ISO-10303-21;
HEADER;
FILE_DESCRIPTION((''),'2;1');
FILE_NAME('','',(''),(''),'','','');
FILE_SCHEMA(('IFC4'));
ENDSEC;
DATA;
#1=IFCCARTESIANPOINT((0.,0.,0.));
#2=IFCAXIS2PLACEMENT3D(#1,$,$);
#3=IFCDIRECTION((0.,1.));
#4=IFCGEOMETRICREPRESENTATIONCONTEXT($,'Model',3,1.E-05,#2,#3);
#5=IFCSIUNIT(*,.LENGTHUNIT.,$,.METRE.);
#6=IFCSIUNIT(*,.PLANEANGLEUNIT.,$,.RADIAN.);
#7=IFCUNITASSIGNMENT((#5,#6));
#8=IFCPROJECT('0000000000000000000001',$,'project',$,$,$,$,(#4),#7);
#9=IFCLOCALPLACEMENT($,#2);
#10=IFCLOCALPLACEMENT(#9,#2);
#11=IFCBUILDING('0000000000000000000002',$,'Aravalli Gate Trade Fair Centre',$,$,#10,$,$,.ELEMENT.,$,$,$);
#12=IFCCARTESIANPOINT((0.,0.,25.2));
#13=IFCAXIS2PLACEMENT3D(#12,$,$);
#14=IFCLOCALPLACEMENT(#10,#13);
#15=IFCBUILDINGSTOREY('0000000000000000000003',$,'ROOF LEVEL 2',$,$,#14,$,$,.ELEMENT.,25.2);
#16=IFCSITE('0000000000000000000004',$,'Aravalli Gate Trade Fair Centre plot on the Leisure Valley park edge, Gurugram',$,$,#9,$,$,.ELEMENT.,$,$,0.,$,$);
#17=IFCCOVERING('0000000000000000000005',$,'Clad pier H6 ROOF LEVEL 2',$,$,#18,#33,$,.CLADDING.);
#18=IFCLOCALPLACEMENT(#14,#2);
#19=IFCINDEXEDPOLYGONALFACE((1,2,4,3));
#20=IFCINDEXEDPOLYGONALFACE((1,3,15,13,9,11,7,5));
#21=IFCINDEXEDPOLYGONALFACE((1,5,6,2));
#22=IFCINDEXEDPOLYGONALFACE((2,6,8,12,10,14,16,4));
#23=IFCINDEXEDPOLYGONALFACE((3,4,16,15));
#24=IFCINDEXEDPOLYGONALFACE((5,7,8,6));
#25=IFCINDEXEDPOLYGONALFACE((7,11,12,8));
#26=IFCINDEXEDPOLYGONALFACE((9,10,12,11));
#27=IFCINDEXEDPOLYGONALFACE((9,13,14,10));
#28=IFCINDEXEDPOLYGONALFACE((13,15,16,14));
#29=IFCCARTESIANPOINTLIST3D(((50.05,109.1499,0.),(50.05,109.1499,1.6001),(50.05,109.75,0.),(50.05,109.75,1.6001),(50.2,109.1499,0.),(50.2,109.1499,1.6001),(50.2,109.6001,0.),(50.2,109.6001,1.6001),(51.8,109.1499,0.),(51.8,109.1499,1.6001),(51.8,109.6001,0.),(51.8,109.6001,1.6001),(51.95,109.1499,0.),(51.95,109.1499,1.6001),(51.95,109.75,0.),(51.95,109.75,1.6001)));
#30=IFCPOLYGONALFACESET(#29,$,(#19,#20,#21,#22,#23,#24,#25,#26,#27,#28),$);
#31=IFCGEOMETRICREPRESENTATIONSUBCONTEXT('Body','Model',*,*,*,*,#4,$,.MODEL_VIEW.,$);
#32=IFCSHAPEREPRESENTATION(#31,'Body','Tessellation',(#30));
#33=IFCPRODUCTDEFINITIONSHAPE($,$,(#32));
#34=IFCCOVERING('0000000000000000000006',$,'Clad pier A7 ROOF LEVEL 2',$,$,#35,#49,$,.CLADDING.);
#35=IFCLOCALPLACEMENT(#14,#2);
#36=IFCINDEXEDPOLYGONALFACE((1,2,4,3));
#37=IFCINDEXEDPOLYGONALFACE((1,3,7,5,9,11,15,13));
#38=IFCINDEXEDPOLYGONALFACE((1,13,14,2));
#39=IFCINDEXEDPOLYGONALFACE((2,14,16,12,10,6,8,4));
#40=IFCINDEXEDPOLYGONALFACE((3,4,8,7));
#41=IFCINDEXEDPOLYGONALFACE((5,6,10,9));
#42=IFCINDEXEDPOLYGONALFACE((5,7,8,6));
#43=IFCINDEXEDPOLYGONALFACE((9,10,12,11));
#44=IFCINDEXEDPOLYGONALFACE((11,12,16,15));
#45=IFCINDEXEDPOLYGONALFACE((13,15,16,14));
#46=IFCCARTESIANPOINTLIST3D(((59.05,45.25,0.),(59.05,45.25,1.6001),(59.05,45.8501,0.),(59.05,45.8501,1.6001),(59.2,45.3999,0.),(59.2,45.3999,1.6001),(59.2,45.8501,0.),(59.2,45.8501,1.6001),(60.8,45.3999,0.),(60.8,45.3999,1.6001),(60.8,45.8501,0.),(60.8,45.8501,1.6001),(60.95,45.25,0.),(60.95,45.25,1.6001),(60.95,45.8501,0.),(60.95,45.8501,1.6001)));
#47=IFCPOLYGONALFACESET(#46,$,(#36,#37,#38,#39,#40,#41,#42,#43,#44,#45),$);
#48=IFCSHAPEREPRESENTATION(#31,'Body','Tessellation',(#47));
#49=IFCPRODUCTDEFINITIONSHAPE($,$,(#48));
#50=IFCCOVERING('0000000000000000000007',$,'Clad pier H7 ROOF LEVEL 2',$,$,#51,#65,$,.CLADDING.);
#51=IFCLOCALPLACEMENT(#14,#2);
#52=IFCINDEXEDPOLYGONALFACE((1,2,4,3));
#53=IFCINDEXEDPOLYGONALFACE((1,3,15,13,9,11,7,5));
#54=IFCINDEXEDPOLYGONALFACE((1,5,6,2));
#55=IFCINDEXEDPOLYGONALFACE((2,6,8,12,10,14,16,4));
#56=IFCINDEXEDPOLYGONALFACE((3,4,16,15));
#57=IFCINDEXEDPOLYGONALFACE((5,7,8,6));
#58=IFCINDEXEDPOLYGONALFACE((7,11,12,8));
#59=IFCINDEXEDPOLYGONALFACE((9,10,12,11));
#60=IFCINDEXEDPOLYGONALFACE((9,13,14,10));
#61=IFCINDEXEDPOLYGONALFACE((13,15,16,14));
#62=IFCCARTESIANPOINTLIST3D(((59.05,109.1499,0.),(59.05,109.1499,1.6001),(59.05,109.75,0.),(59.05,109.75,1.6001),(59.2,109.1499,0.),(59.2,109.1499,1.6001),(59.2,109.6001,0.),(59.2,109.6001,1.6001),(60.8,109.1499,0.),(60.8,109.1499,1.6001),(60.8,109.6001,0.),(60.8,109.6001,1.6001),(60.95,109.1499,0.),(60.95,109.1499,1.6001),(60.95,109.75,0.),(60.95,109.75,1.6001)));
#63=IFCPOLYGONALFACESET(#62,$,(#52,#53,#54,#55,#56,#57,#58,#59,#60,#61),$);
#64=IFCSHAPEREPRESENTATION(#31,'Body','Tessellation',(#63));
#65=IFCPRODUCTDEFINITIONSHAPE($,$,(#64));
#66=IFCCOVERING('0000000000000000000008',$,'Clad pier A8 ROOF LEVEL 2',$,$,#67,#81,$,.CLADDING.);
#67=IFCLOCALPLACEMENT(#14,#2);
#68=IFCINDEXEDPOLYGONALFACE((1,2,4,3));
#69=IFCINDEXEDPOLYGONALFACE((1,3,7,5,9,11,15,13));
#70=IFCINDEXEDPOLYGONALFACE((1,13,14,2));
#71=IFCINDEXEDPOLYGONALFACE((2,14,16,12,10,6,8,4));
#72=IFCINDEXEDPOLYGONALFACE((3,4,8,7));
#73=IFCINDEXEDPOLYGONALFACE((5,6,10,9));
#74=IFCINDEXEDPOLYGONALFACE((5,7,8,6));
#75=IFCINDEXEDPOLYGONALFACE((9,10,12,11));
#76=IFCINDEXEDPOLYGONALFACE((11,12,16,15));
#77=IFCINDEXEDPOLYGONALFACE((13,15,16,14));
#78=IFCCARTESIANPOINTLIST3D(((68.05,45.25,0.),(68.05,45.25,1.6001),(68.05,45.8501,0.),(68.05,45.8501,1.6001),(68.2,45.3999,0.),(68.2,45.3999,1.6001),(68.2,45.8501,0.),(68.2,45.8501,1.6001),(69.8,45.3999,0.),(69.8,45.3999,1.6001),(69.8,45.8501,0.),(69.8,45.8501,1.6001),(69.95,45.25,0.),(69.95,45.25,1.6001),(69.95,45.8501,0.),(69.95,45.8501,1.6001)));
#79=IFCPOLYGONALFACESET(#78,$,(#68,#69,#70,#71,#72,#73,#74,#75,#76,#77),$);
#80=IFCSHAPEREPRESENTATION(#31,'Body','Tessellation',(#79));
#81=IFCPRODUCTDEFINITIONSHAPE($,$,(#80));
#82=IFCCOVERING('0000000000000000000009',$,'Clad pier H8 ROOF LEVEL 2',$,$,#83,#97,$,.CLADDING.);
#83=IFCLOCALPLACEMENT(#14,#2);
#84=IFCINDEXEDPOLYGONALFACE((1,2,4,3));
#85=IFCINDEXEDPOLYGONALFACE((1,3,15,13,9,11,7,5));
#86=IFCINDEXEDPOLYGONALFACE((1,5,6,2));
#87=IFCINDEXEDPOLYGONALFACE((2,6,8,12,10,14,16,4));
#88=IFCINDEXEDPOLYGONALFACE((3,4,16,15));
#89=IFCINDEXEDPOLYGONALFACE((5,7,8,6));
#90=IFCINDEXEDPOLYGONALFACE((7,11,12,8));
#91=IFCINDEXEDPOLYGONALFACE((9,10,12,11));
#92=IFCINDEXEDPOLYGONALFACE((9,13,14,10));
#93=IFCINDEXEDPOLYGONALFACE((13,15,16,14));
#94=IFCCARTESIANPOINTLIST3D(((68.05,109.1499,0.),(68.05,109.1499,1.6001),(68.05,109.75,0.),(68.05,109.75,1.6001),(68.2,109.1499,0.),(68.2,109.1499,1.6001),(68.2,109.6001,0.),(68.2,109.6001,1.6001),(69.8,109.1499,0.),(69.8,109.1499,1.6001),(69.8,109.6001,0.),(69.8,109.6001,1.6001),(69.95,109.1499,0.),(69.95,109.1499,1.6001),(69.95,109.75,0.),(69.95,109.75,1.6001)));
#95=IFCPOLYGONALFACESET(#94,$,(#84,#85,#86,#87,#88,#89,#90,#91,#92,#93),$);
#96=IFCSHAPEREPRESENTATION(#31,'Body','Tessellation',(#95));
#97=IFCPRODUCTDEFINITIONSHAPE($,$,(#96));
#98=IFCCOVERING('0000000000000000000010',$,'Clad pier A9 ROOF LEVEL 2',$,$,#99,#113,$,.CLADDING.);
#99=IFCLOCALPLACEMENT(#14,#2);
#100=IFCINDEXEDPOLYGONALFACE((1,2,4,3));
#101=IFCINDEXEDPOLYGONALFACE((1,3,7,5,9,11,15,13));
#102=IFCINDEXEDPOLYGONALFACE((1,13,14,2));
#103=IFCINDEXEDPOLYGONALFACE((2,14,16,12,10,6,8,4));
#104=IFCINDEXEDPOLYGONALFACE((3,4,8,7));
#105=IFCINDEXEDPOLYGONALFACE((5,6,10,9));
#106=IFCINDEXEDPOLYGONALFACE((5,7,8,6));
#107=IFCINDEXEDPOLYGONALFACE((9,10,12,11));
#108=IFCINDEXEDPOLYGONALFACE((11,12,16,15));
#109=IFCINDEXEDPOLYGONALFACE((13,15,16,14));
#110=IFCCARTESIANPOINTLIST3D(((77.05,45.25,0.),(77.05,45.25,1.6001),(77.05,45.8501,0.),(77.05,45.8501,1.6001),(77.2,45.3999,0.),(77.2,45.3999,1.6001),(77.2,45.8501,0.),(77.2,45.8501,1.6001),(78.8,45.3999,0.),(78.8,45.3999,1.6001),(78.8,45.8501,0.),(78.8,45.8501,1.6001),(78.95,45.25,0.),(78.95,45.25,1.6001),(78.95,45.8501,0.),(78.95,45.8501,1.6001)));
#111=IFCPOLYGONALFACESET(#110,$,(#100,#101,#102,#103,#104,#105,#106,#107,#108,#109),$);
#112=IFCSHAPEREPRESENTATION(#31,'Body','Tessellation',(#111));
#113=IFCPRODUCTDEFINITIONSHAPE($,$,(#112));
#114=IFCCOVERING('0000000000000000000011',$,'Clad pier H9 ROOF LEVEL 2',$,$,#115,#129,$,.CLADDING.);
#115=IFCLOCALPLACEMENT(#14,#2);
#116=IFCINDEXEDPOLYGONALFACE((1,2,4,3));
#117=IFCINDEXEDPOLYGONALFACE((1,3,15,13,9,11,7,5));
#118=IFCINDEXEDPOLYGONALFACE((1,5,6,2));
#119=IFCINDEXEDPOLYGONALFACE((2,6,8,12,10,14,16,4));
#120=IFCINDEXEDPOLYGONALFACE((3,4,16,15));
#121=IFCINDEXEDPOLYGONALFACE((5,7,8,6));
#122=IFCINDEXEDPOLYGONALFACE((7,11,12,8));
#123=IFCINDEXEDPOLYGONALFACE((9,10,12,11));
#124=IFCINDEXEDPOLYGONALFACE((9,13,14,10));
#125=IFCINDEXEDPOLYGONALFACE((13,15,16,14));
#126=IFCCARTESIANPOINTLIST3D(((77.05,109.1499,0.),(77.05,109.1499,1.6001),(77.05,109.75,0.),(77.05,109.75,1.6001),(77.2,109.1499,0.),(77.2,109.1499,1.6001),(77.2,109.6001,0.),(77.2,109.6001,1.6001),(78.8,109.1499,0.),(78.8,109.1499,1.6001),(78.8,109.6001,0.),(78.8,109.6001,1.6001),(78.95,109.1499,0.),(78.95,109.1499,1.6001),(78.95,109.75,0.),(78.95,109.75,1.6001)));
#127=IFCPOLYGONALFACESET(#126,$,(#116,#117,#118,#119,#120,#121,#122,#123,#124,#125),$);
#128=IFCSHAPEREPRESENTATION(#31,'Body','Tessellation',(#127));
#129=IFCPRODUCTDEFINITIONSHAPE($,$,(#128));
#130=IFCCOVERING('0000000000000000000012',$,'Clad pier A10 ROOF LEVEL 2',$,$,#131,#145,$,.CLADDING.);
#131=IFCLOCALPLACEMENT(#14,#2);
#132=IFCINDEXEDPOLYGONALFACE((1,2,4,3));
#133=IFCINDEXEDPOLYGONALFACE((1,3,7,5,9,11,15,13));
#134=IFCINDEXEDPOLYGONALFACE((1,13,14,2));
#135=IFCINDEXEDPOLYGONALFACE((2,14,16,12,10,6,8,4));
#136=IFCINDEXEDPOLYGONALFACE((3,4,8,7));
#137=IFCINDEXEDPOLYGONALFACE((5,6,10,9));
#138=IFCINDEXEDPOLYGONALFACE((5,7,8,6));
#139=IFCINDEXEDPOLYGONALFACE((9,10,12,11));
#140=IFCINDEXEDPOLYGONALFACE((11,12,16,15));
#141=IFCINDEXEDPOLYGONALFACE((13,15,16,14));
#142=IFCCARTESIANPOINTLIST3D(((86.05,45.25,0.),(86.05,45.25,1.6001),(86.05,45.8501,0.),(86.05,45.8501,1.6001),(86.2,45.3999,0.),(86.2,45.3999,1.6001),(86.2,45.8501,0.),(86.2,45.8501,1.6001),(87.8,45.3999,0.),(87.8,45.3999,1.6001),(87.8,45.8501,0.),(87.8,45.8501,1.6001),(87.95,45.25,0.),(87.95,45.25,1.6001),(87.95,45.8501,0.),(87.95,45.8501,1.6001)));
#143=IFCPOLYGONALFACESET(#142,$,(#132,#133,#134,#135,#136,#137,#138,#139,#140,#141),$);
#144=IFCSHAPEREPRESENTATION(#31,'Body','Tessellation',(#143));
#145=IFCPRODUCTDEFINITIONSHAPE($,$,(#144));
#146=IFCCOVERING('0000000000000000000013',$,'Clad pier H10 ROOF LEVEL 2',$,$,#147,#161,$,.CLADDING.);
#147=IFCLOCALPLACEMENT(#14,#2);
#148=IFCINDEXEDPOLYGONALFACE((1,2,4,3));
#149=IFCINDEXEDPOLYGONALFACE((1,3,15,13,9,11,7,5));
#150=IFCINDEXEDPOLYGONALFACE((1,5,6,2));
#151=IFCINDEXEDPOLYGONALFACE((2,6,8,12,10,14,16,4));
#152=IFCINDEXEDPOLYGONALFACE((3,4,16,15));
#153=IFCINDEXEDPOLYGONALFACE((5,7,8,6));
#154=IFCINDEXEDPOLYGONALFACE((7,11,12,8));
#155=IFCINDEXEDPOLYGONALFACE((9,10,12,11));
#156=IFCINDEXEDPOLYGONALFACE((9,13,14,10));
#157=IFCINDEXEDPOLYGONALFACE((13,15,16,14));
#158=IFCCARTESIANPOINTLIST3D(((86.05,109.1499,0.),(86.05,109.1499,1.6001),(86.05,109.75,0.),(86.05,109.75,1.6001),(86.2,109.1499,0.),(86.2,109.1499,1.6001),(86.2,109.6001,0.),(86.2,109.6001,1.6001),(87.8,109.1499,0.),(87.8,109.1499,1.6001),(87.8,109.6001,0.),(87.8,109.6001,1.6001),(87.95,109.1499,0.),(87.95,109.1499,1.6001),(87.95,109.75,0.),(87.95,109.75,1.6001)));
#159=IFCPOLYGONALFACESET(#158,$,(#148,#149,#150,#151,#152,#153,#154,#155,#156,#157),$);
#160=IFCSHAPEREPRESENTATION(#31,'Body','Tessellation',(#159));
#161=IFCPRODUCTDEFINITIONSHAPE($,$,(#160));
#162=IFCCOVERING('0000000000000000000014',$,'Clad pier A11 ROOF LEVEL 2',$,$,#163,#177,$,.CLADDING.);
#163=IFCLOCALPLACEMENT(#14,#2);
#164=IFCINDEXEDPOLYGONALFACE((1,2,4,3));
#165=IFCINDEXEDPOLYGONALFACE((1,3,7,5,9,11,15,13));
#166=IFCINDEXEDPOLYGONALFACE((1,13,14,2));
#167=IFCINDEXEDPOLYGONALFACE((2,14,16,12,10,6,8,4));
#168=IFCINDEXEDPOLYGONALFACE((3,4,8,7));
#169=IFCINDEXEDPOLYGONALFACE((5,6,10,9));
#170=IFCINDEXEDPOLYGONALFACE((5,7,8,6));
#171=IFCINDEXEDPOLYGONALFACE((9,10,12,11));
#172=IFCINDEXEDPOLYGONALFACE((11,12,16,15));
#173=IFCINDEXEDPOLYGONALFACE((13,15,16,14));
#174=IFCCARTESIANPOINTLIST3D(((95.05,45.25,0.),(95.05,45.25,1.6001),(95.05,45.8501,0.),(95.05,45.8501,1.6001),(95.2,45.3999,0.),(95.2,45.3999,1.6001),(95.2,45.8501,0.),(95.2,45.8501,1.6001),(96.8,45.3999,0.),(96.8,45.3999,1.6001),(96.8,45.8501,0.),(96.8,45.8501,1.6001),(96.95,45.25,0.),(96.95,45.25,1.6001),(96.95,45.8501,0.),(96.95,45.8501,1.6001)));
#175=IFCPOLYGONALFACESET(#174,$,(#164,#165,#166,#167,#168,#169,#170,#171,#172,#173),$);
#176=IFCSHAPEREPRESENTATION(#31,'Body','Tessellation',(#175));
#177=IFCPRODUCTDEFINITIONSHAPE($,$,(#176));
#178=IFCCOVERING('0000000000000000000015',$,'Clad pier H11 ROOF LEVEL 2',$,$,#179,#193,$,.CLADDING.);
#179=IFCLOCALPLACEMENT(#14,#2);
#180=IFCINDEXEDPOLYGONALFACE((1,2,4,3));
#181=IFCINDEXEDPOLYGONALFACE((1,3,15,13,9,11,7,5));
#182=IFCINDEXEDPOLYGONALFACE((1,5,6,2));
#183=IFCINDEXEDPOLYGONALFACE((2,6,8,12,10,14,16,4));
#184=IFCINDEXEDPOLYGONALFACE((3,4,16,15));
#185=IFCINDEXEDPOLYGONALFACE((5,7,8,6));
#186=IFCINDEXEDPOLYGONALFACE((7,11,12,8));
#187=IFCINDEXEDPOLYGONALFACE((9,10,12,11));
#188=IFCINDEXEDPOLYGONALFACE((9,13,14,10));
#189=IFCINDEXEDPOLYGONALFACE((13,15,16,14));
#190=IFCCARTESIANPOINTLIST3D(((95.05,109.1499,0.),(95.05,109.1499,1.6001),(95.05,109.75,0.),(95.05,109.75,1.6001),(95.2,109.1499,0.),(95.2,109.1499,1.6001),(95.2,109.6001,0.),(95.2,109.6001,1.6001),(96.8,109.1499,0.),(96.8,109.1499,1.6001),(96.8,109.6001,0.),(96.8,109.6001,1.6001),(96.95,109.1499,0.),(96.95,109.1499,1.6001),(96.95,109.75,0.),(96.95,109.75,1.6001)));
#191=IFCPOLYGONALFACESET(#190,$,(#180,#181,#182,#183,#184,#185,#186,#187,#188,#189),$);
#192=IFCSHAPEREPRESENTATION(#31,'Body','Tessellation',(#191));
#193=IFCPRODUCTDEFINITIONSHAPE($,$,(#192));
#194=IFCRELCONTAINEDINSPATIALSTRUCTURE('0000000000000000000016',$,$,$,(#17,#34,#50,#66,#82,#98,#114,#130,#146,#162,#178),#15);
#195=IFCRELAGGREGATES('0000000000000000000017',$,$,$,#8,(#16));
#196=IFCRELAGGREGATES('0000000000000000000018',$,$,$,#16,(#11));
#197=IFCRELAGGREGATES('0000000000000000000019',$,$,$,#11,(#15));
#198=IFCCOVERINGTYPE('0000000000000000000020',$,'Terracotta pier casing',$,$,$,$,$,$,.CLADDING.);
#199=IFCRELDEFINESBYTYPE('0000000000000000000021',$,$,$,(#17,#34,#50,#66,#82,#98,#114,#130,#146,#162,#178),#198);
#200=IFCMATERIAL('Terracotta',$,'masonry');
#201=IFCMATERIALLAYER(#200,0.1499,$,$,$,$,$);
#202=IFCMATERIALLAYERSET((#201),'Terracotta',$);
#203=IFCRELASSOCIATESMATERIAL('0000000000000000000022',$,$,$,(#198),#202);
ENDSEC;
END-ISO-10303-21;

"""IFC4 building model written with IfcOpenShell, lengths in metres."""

from ifc_helpers import new_model, si_unit, direction, frame, origin, place, context, subcontext, project, spatial, polyline, outline, extrude, material, layer, layer_set, type_object, element, save


model = new_model("IFC4")

# Units and contexts
model_context = context("Model", 3, precision=1e-05, world=origin(), true_north=direction((0.0, 1.0)))
body_context = subcontext(model_context, "Body", "Model", "MODEL_VIEW")
ifc_project = project(units=[si_unit("LENGTHUNIT", "METRE"), si_unit("PLANEANGLEUNIT", "RADIAN")], contexts=[model_context])

# Site, building, storey
site_placement = place(None, origin())
site = spatial("IfcSite", under=ifc_project, at=site_placement, Name="Aravalli Gate Trade Fair Centre plot on the Leisure Valley park edge, Gurugram", CompositionType="ELEMENT", RefElevation=0.0)
building_placement = place(site_placement, origin())
building = spatial("IfcBuilding", under=site, at=building_placement, Name="Aravalli Gate Trade Fair Centre", CompositionType="ELEMENT")
storey_placement = place(building_placement, frame((0.0, 0.0, 25.2)))
storey = spatial("IfcBuildingStorey", under=building, at=storey_placement, Name="ROOF LEVEL 2", CompositionType="ELEMENT", Elevation=25.2)

# Coverings
ifc_material = material(Name="Terracotta", Category="masonry")
ifc_layer = layer(ifc_material, 0.1499)
ifc_layer_set = layer_set([ifc_layer], Name="Terracotta")
covering_type = type_object("IfcCoveringType", Name="Terracotta pier casing", PredefinedType="CLADDING", material=ifc_layer_set)
covering_1_placement = place(storey_placement, origin())
element("IfcCovering", 1, at=covering_1_placement, inside=storey, type_object=covering_type, Name="Clad pier H6 ROOF LEVEL 2", PredefinedType="CLADDING", context=body_context, shape_type="SweptSolid", body=[
    extrude(outline(polyline([(50.05, 109.75), (51.95, 109.75), (51.95, 109.1499), (51.8, 109.1499), (51.8, 109.6001), (50.2, 109.6001), (50.2, 109.1499), (50.05, 109.1499), (50.05, 109.75)])), origin(), (0.0, 0.0, 1.0), 1.6001),
])
covering_2_placement = place(storey_placement, origin())
element("IfcCovering", 2, at=covering_2_placement, inside=storey, type_object=covering_type, Name="Clad pier A7 ROOF LEVEL 2", PredefinedType="CLADDING", context=body_context, shape_type="SweptSolid", body=[
    extrude(outline(polyline([(59.05, 45.8501), (59.2, 45.8501), (59.2, 45.3999), (60.8, 45.3999), (60.8, 45.8501), (60.95, 45.8501), (60.95, 45.25), (59.05, 45.25), (59.05, 45.8501)])), origin(), (0.0, 0.0, 1.0), 1.6001),
])
covering_3_placement = place(storey_placement, origin())
element("IfcCovering", 3, at=covering_3_placement, inside=storey, type_object=covering_type, Name="Clad pier H7 ROOF LEVEL 2", PredefinedType="CLADDING", context=body_context, shape_type="SweptSolid", body=[
    extrude(outline(polyline([(59.05, 109.75), (60.95, 109.75), (60.95, 109.1499), (60.8, 109.1499), (60.8, 109.6001), (59.2, 109.6001), (59.2, 109.1499), (59.05, 109.1499), (59.05, 109.75)])), origin(), (0.0, 0.0, 1.0), 1.6001),
])
covering_4_placement = place(storey_placement, origin())
element("IfcCovering", 4, at=covering_4_placement, inside=storey, type_object=covering_type, Name="Clad pier A8 ROOF LEVEL 2", PredefinedType="CLADDING", context=body_context, shape_type="SweptSolid", body=[
    extrude(outline(polyline([(68.05, 45.8501), (68.2, 45.8501), (68.2, 45.3999), (69.8, 45.3999), (69.8, 45.8501), (69.95, 45.8501), (69.95, 45.25), (68.05, 45.25), (68.05, 45.8501)])), origin(), (0.0, 0.0, 1.0), 1.6001),
])
covering_5_placement = place(storey_placement, origin())
element("IfcCovering", 5, at=covering_5_placement, inside=storey, type_object=covering_type, Name="Clad pier H8 ROOF LEVEL 2", PredefinedType="CLADDING", context=body_context, shape_type="SweptSolid", body=[
    extrude(outline(polyline([(68.05, 109.75), (69.95, 109.75), (69.95, 109.1499), (69.8, 109.1499), (69.8, 109.6001), (68.2, 109.6001), (68.2, 109.1499), (68.05, 109.1499), (68.05, 109.75)])), origin(), (0.0, 0.0, 1.0), 1.6001),
])
covering_6_placement = place(storey_placement, origin())
element("IfcCovering", 6, at=covering_6_placement, inside=storey, type_object=covering_type, Name="Clad pier A9 ROOF LEVEL 2", PredefinedType="CLADDING", context=body_context, shape_type="SweptSolid", body=[
    extrude(outline(polyline([(77.05, 45.8501), (77.2, 45.8501), (77.2, 45.3999), (78.8, 45.3999), (78.8, 45.8501), (78.95, 45.8501), (78.95, 45.25), (77.05, 45.25), (77.05, 45.8501)])), origin(), (0.0, 0.0, 1.0), 1.6001),
])
covering_7_placement = place(storey_placement, origin())
element("IfcCovering", 7, at=covering_7_placement, inside=storey, type_object=covering_type, Name="Clad pier H9 ROOF LEVEL 2", PredefinedType="CLADDING", context=body_context, shape_type="SweptSolid", body=[
    extrude(outline(polyline([(77.05, 109.75), (78.95, 109.75), (78.95, 109.1499), (78.8, 109.1499), (78.8, 109.6001), (77.2, 109.6001), (77.2, 109.1499), (77.05, 109.1499), (77.05, 109.75)])), origin(), (0.0, 0.0, 1.0), 1.6001),
])
covering_8_placement = place(storey_placement, origin())
element("IfcCovering", 8, at=covering_8_placement, inside=storey, type_object=covering_type, Name="Clad pier A10 ROOF LEVEL 2", PredefinedType="CLADDING", context=body_context, shape_type="SweptSolid", body=[
    extrude(outline(polyline([(86.05, 45.8501), (86.2, 45.8501), (86.2, 45.3999), (87.8, 45.3999), (87.8, 45.8501), (87.95, 45.8501), (87.95, 45.25), (86.05, 45.25), (86.05, 45.8501)])), origin(), (0.0, 0.0, 1.0), 1.6001),
])
covering_9_placement = place(storey_placement, origin())
element("IfcCovering", 9, at=covering_9_placement, inside=storey, type_object=covering_type, Name="Clad pier H10 ROOF LEVEL 2", PredefinedType="CLADDING", context=body_context, shape_type="SweptSolid", body=[
    extrude(outline(polyline([(86.05, 109.75), (87.95, 109.75), (87.95, 109.1499), (87.8, 109.1499), (87.8, 109.6001), (86.2, 109.6001), (86.2, 109.1499), (86.05, 109.1499), (86.05, 109.75)])), origin(), (0.0, 0.0, 1.0), 1.6001),
])
covering_10_placement = place(storey_placement, origin())
element("IfcCovering", 10, at=covering_10_placement, inside=storey, type_object=covering_type, Name="Clad pier A11 ROOF LEVEL 2", PredefinedType="CLADDING", context=body_context, shape_type="SweptSolid", body=[
    extrude(outline(polyline([(95.05, 45.8501), (95.2, 45.8501), (95.2, 45.3999), (96.8, 45.3999), (96.8, 45.8501), (96.95, 45.8501), (96.95, 45.25), (95.05, 45.25), (95.05, 45.8501)])), origin(), (0.0, 0.0, 1.0), 1.6001),
])
covering_11_placement = place(storey_placement, origin())
element("IfcCovering", 11, at=covering_11_placement, inside=storey, type_object=covering_type, Name="Clad pier H11 ROOF LEVEL 2", PredefinedType="CLADDING", context=body_context, shape_type="SweptSolid", body=[
    extrude(outline(polyline([(95.05, 109.75), (96.95, 109.75), (96.95, 109.1499), (96.8, 109.1499), (96.8, 109.6001), (95.2, 109.6001), (95.2, 109.1499), (95.05, 109.1499), (95.05, 109.75)])), origin(), (0.0, 0.0, 1.0), 1.6001),
])

save(model, "model.ifc")
